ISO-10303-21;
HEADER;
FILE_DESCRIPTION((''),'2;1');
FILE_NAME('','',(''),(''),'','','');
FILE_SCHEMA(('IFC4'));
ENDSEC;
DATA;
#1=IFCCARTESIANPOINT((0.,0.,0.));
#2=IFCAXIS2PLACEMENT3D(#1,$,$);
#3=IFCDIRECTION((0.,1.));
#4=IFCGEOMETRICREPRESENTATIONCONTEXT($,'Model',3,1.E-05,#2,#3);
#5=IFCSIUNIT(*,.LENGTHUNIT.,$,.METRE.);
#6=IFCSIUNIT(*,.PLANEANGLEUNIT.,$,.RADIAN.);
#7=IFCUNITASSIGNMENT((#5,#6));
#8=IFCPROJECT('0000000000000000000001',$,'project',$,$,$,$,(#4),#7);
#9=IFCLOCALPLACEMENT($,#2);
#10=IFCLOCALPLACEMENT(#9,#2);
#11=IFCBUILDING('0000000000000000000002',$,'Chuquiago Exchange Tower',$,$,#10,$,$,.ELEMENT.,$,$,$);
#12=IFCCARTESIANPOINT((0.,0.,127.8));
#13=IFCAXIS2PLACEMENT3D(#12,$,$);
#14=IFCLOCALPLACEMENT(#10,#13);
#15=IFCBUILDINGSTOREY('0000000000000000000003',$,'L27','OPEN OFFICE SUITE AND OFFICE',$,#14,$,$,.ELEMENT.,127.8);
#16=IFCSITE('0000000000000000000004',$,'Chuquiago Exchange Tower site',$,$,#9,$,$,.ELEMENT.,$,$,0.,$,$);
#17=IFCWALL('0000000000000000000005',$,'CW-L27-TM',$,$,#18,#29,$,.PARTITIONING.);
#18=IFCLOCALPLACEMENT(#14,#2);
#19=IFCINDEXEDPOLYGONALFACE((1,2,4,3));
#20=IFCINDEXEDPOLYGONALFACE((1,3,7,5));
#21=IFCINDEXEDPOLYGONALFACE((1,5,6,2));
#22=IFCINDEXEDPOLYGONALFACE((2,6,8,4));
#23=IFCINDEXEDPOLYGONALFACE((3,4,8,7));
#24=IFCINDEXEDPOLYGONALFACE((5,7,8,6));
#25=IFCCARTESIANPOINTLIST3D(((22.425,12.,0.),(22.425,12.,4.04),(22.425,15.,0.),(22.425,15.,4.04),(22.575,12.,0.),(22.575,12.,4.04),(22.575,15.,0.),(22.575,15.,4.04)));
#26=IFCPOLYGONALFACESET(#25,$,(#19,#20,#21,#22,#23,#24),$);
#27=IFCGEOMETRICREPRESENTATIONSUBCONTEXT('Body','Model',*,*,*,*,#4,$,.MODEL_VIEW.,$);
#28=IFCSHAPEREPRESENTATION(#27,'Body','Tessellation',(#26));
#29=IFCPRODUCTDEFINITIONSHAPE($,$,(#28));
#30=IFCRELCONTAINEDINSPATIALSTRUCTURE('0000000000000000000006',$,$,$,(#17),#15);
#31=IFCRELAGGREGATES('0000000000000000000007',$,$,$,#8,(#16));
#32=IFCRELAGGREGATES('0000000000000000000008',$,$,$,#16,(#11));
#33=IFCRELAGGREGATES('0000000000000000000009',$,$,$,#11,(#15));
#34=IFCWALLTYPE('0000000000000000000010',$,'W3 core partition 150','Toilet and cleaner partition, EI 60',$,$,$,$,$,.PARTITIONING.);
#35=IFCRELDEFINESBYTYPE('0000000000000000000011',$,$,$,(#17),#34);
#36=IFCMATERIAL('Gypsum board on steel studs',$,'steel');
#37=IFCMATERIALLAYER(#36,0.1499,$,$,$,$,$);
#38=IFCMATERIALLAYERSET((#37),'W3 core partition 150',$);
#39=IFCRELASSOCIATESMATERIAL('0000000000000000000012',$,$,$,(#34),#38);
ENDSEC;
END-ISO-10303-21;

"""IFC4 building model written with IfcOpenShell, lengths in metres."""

from ifc_helpers import new_model, si_unit, direction, frame, frame_2d, origin, place, context, subcontext, project, spatial, rectangle, extrude, material, layer, layer_set, type_object, element, save


model = new_model("IFC4")

# Units and contexts
model_context = context("Model", 3, precision=1e-05, world=origin(), true_north=direction((0.0, 1.0)))
body_context = subcontext(model_context, "Body", "Model", "MODEL_VIEW")
ifc_project = project(units=[si_unit("LENGTHUNIT", "METRE"), si_unit("PLANEANGLEUNIT", "RADIAN")], contexts=[model_context])

# Site, building, storey
site_placement = place(None, origin())
site = spatial("IfcSite", under=ifc_project, at=site_placement, Name="Chuquiago Exchange Tower site", CompositionType="ELEMENT", RefElevation=0.0)
building_placement = place(site_placement, origin())
building = spatial("IfcBuilding", under=site, at=building_placement, Name="Chuquiago Exchange Tower", CompositionType="ELEMENT")
storey_placement = place(building_placement, frame((0.0, 0.0, 127.8)))
storey = spatial("IfcBuildingStorey", under=building, at=storey_placement, Name="L27", Description="OPEN OFFICE SUITE AND OFFICE", CompositionType="ELEMENT", Elevation=127.8)

# Shared definitions
ifc_material_1 = material(Name="Gypsum board on steel studs", Category="steel")
ifc_layer_1 = layer(ifc_material_1, 0.1499)
ifc_layer_set_1 = layer_set([ifc_layer_1], Name="W3 core partition 150")
wall_type_1 = type_object("IfcWallType", Name="W3 core partition 150", Description="Toilet and cleaner partition, EI 60", PredefinedType="PARTITIONING", material=ifc_layer_set_1)

# Wall
wall_1_placement = place(storey_placement, frame((22.5, 15.0, 0.0), z_axis=(0.0, 0.0, 1.0), x_axis=(0.0, -1.0, 0.0)))
element("IfcWall", 1, at=wall_1_placement, inside=storey, type_object=wall_type_1, Name="CW-L27-TM", PredefinedType="PARTITIONING", context=body_context, shape_type="SweptSolid", body=[
    extrude(rectangle(XDim=3.0, YDim=0.1499, at=frame_2d((1.5, 0.0))), origin(), (0.0, 0.0, 1.0), 4.04),
])

save(model, "model.ifc")
